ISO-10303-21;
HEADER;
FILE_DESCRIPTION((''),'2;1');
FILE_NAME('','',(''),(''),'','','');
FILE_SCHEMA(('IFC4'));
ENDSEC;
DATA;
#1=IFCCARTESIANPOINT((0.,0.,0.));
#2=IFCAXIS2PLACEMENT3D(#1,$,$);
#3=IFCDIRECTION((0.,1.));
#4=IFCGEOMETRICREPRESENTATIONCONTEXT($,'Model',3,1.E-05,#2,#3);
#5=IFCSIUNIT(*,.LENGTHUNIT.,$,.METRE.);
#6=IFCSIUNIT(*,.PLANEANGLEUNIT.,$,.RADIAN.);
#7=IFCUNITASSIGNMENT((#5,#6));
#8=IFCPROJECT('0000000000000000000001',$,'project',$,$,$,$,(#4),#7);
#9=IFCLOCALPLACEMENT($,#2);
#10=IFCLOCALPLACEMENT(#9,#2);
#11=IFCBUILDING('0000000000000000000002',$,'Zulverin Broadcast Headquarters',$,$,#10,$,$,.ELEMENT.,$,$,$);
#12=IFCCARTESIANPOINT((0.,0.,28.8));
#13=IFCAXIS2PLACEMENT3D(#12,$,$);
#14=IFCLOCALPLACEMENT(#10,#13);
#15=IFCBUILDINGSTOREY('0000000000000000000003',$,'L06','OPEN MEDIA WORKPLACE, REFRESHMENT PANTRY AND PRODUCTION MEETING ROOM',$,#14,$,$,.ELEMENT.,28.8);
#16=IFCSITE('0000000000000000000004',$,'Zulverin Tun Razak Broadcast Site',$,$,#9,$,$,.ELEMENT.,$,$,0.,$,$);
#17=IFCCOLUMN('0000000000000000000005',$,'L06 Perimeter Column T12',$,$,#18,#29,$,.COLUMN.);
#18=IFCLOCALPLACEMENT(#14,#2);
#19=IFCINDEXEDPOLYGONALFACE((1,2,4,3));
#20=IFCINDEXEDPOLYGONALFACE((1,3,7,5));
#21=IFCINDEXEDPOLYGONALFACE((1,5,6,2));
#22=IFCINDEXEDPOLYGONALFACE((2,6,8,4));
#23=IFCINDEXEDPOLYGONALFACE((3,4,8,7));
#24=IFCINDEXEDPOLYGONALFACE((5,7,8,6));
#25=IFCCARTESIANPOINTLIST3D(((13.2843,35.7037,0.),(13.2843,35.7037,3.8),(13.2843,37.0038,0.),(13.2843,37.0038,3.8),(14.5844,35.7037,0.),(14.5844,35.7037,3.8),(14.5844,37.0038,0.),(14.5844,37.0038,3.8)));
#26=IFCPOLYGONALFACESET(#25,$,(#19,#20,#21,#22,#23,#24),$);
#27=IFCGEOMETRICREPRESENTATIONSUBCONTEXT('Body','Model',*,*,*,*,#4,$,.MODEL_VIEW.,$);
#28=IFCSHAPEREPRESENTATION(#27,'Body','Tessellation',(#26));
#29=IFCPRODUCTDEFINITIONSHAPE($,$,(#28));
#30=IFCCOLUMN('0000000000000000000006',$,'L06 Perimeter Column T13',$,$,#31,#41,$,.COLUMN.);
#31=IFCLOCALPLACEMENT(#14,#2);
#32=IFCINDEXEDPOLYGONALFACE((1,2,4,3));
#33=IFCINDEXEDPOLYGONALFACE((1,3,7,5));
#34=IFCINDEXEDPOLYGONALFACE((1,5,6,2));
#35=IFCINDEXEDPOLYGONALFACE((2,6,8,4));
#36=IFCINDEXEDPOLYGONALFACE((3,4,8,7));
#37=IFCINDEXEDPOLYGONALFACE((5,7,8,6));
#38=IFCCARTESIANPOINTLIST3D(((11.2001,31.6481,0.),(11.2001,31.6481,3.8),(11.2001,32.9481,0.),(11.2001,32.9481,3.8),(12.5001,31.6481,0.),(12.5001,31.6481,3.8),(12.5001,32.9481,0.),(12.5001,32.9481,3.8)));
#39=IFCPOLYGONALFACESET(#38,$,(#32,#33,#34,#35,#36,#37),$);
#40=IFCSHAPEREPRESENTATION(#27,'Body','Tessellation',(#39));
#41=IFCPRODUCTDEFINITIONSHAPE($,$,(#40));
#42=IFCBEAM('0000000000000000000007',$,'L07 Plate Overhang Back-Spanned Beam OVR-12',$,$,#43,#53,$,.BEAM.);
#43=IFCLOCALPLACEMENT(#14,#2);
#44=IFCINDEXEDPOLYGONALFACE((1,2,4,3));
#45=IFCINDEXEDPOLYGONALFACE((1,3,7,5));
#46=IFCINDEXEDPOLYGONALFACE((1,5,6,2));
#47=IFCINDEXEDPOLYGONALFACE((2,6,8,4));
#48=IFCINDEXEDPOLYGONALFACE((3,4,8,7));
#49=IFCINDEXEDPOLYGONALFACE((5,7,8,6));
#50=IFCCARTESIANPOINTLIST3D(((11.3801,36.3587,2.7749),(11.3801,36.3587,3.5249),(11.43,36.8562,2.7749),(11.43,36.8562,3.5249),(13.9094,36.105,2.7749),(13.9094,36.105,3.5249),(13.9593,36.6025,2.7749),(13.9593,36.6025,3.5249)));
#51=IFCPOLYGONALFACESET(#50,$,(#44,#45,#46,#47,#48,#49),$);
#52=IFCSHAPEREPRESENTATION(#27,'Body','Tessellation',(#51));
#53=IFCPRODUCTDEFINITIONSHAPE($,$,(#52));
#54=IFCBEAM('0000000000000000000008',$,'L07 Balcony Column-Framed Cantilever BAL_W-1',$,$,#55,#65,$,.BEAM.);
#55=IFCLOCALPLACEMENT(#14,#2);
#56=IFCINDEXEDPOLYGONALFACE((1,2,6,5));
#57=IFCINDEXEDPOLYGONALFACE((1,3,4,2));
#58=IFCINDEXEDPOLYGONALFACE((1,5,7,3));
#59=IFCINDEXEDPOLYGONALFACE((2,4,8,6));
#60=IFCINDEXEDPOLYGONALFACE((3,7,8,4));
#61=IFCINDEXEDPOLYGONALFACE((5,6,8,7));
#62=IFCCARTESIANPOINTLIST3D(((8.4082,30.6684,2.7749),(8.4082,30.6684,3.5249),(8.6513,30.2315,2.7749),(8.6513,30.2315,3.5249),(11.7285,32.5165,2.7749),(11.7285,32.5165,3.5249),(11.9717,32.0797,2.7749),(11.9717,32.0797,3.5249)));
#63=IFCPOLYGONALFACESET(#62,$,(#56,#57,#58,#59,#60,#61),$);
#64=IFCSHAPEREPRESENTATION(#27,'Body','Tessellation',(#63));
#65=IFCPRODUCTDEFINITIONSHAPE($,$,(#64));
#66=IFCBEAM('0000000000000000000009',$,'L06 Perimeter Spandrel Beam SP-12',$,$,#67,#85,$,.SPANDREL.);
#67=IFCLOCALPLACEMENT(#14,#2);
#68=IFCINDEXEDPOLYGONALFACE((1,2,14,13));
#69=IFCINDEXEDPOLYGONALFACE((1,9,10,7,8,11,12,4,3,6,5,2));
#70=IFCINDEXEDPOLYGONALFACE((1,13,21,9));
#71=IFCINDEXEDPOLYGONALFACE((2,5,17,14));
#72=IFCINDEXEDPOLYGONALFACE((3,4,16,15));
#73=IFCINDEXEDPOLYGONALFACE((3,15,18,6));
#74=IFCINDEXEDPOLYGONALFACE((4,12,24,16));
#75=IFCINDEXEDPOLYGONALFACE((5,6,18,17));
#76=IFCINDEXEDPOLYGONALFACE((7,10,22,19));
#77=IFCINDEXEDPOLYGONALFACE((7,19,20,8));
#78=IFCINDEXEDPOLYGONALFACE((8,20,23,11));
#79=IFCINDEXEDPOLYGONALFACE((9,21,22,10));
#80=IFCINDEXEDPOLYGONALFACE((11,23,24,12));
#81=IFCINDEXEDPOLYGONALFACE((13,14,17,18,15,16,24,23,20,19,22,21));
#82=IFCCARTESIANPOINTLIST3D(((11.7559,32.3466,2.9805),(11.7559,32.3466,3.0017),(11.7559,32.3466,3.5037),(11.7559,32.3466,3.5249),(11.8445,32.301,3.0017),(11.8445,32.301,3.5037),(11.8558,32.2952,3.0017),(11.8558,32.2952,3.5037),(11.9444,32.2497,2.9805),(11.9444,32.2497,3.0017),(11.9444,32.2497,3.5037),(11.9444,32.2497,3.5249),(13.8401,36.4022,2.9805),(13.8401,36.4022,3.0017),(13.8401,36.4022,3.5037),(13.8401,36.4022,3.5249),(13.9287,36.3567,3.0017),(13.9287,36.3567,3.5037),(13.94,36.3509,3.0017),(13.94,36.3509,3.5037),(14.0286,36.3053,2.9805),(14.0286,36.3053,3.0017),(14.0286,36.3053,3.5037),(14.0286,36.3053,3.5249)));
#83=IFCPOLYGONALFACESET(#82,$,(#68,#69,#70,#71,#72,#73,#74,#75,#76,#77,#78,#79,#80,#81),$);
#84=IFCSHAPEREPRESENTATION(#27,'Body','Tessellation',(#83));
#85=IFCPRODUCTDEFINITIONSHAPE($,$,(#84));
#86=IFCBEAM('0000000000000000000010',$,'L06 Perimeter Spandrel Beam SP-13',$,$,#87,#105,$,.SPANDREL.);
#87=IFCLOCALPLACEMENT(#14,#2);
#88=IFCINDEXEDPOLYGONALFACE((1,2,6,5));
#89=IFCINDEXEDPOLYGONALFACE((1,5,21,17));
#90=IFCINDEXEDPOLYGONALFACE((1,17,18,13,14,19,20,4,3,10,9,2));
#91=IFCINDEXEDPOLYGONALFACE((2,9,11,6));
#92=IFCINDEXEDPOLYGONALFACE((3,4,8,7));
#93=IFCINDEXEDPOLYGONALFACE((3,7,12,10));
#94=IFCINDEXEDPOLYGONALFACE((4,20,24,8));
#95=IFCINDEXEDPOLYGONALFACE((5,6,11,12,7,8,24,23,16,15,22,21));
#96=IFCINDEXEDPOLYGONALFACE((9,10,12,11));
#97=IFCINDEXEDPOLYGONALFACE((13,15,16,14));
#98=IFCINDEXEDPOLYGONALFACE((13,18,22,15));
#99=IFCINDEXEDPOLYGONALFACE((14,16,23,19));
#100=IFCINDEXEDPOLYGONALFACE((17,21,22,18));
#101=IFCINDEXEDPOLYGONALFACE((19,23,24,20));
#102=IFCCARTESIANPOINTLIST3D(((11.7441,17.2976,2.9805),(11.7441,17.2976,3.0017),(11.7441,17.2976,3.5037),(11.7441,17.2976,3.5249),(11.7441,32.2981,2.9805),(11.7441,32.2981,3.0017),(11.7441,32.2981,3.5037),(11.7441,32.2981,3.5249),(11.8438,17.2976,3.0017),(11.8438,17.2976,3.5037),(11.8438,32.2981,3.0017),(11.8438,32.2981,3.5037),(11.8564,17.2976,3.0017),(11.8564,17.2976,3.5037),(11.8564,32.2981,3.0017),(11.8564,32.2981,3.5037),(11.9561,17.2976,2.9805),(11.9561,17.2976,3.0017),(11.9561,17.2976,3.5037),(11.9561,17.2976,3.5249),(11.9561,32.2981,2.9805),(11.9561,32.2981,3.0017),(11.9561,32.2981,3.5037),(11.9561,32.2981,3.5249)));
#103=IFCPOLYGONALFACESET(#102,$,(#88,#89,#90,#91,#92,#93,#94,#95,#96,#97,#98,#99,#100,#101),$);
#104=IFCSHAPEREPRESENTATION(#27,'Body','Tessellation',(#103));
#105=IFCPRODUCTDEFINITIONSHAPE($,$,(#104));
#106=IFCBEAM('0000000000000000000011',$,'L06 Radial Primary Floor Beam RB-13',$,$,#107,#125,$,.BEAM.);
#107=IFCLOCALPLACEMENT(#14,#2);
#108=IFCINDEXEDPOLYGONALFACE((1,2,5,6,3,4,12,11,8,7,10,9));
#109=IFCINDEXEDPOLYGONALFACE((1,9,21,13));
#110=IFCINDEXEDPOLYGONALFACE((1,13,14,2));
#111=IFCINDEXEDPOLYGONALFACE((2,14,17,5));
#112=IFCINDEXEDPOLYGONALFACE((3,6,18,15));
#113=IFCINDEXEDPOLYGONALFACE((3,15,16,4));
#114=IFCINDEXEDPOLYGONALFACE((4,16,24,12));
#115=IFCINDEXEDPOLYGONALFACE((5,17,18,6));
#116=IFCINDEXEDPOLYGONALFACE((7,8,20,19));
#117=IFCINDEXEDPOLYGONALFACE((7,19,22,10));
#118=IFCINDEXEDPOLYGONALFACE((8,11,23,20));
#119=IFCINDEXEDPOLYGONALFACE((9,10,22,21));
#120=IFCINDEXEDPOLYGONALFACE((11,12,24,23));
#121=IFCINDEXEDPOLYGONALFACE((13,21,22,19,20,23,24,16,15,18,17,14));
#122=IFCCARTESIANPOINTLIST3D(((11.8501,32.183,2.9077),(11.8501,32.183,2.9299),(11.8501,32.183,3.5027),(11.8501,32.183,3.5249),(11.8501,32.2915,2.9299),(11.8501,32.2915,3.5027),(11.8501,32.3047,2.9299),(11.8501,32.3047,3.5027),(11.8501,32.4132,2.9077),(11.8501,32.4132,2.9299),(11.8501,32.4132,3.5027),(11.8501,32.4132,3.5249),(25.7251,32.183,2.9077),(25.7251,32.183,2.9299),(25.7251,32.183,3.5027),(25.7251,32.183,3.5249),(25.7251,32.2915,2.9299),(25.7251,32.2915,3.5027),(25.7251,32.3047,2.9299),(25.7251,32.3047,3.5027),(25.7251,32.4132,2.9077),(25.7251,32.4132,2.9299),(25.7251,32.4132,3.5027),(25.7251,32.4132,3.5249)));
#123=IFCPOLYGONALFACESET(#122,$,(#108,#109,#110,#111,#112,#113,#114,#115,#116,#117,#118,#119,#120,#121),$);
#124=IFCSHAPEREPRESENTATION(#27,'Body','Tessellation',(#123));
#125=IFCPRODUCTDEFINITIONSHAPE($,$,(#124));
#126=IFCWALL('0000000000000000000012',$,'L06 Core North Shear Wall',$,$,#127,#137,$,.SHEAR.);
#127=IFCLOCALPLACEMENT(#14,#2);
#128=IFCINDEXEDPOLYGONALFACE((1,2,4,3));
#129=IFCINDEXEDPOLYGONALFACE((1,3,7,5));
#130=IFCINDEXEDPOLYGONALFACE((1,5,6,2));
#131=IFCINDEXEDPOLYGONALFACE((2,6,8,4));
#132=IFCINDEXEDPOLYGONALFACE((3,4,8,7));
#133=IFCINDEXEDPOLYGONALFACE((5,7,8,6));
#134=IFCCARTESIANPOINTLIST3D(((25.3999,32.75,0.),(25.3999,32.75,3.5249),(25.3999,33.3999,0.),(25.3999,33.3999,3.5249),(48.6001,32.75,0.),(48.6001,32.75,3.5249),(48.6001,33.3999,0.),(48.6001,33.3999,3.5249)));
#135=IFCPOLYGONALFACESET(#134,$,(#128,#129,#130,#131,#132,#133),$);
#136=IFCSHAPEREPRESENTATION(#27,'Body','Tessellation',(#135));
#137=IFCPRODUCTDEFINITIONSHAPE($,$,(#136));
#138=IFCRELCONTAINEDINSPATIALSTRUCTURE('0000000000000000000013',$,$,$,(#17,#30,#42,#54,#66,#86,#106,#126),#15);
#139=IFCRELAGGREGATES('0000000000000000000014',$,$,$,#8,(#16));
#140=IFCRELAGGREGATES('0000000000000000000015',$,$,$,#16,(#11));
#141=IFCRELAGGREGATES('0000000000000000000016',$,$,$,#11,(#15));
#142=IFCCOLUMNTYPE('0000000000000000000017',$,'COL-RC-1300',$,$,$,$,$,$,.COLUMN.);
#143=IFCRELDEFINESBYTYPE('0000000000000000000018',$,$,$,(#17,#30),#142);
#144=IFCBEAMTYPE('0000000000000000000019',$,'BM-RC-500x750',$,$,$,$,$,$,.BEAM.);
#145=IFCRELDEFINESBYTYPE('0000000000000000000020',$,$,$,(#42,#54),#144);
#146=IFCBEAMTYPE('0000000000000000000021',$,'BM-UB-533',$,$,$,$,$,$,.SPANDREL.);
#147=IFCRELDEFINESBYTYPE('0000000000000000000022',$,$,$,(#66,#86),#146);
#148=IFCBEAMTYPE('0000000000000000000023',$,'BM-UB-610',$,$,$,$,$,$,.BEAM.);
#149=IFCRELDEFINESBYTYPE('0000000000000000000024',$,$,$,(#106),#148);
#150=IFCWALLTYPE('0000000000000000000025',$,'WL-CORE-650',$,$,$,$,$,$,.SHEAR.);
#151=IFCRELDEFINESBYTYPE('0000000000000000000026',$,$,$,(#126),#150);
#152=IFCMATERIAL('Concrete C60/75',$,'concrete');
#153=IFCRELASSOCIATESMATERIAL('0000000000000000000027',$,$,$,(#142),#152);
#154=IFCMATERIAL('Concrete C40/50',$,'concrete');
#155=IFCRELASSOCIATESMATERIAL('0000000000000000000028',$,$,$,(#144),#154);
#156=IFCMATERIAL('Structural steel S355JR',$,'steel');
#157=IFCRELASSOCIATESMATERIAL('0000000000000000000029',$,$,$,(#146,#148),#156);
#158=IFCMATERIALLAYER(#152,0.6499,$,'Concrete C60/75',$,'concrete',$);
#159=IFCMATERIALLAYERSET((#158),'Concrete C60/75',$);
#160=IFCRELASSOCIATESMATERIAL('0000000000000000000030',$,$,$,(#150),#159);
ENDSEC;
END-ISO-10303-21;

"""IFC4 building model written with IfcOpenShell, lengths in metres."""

from ifc_helpers import new_model, si_unit, direction, frame, frame_2d, origin, origin_2d, place, context, subcontext, project, spatial, rectangle, i_section, extrude, material, layer, layer_set, material_profile, profile_set, type_object, element, save


model = new_model("IFC4")

# Units and contexts
model_context = context("Model", 3, precision=1e-05, world=origin(), true_north=direction((0.0, 1.0)))
body_context = subcontext(model_context, "Body", "Model", "MODEL_VIEW")
ifc_project = project(units=[si_unit("LENGTHUNIT", "METRE"), si_unit("PLANEANGLEUNIT", "RADIAN")], contexts=[model_context])

# Site, building, storey
site_placement = place(None, origin())
site = spatial("IfcSite", under=ifc_project, at=site_placement, Name="Zulverin Tun Razak Broadcast Site", CompositionType="ELEMENT", RefElevation=0.0)
building_placement = place(site_placement, origin())
building = spatial("IfcBuilding", under=site, at=building_placement, Name="Zulverin Broadcast Headquarters", CompositionType="ELEMENT")
storey_placement = place(building_placement, frame((0.0, 0.0, 28.8)))
storey = spatial("IfcBuildingStorey", under=building, at=storey_placement, Name="L06", Description="OPEN MEDIA WORKPLACE, REFRESHMENT PANTRY AND PRODUCTION MEETING ROOM", CompositionType="ELEMENT", Elevation=28.8)

# Columns
ifc_material_1 = material(Name="Concrete C60/75", Category="concrete")
ifc_material_profile_1 = material_profile(ifc_material_1, rectangle(XDim=1.3, YDim=1.3, at=origin_2d()), Name="Concrete C60/75", Category="concrete")
ifc_profile_set_1 = profile_set([ifc_material_profile_1], Name="Concrete C60/75")
column_type = type_object("IfcColumnType", Name="COL-RC-1300", PredefinedType="COLUMN", material=ifc_profile_set_1)
for number, where, z_axis, x_axis, name in (
    (1, (13.9343, 36.3538, 0.0), (0.0, 0.0, 1.0), (1.0, 0.0, 0.0), "L06 Perimeter Column T12"),
    (2, (11.8501, 32.2981, 0.0), (0.0, 0.0, 1.0), (1.0, 0.0, 0.0), "L06 Perimeter Column T13"),
):
    element("IfcColumn", number, at=place(storey_placement, frame(where, z_axis=z_axis, x_axis=x_axis)), inside=storey, type_object=column_type, Name=name, PredefinedType="COLUMN", context=body_context, shape_type="SweptSolid", body=[
        extrude(rectangle(XDim=1.3, YDim=1.3, at=origin_2d()), origin(), (0.0, 0.0, 1.0), 3.8),
    ])

# Beams
ifc_material_2 = material(Name="Concrete C40/50", Category="concrete")
ifc_material_profile_2 = material_profile(ifc_material_2, rectangle(XDim=0.5, YDim=0.75, at=origin_2d()), Name="Concrete C40/50", Category="concrete")
ifc_profile_set_2 = profile_set([ifc_material_profile_2], Name="Concrete C40/50")
beam_type_1 = type_object("IfcBeamType", Name="BM-RC-500x750", PredefinedType="BEAM", material=ifc_profile_set_2)
beam_1_placement = place(storey_placement, frame((13.9343, 36.3538, 3.1499), z_axis=(-0.995009, 0.099789, 0.0), x_axis=(-0.099789, -0.995009, 0.0)))
element("IfcBeam", 3, at=beam_1_placement, inside=storey, type_object=beam_type_1, Name="L07 Plate Overhang Back-Spanned Beam OVR-12", PredefinedType="BEAM", context=body_context, shape_type="SweptSolid", body=[
    extrude(rectangle(XDim=0.5, YDim=0.75, at=origin_2d()), origin(), (0.0, 0.0, 1.0), 2.542),
])
beam_2_placement = place(storey_placement, frame((11.8501, 32.2981, 3.1499), z_axis=(-0.873763, -0.486352, 0.0), x_axis=(0.486352, -0.873763, 0.0)))
element("IfcBeam", 4, at=beam_2_placement, inside=storey, type_object=beam_type_1, Name="L07 Balcony Column-Framed Cantilever BAL_W-1", PredefinedType="BEAM", context=body_context, shape_type="SweptSolid", body=[
    extrude(rectangle(XDim=0.5, YDim=0.75, at=origin_2d()), origin(), (0.0, 0.0, 1.0), 3.8),
])
ifc_material_3 = material(Name="Structural steel S355JR", Category="steel")
ifc_material_profile_3 = material_profile(ifc_material_3, i_section(OverallWidth=0.2119, OverallDepth=0.5444, WebThickness=0.0127, FlangeThickness=0.0212, at=origin_2d()), Name="Structural steel S355JR", Category="steel")
ifc_profile_set_3 = profile_set([ifc_material_profile_3], Name="Structural steel S355JR")
beam_type_2 = type_object("IfcBeamType", Name="BM-UB-533", PredefinedType="SPANDREL", material=ifc_profile_set_3)
beam_3_placement = place(storey_placement, frame((13.9343, 36.3538, 3.2527), z_axis=(-0.457081, -0.889425, 0.0), x_axis=(0.889425, -0.457081, 0.0)))
element("IfcBeam", 5, at=beam_3_placement, inside=storey, type_object=beam_type_2, Name="L06 Perimeter Spandrel Beam SP-12", PredefinedType="SPANDREL", context=body_context, shape_type="SweptSolid", body=[
    extrude(i_section(OverallWidth=0.2119, OverallDepth=0.5444, WebThickness=0.0127, FlangeThickness=0.0212, at=origin_2d()), origin(), (0.0, 0.0, 1.0), 4.5598),
])
beam_4_placement = place(storey_placement, frame((11.8501, 32.2981, 3.2527), z_axis=(0.0, -1.0, 0.0), x_axis=(1.0, 0.0, 0.0)))
element("IfcBeam", 6, at=beam_4_placement, inside=storey, type_object=beam_type_2, Name="L06 Perimeter Spandrel Beam SP-13", PredefinedType="SPANDREL", context=body_context, shape_type="SweptSolid", body=[
    extrude(i_section(OverallWidth=0.2119, OverallDepth=0.5444, WebThickness=0.0127, FlangeThickness=0.0212, at=origin_2d()), origin(), (0.0, 0.0, 1.0), 15.0005),
])
ifc_material_profile_4 = material_profile(ifc_material_3, i_section(OverallWidth=0.2302, OverallDepth=0.6172, WebThickness=0.0132, FlangeThickness=0.0222, at=origin_2d()), Name="Structural steel S355JR", Category="steel")
ifc_profile_set_4 = profile_set([ifc_material_profile_4], Name="Structural steel S355JR")
beam_type_3 = type_object("IfcBeamType", Name="BM-UB-610", PredefinedType="BEAM", material=ifc_profile_set_4)
beam_5_placement = place(storey_placement, frame((25.7251, 32.2981, 3.2163), z_axis=(-1.0, 0.0, 0.0), x_axis=(0.0, -1.0, 0.0)))
element("IfcBeam", 7, at=beam_5_placement, inside=storey, type_object=beam_type_3, Name="L06 Radial Primary Floor Beam RB-13", PredefinedType="BEAM", context=body_context, shape_type="SweptSolid", body=[
    extrude(i_section(OverallWidth=0.2302, OverallDepth=0.6172, WebThickness=0.0132, FlangeThickness=0.0222, at=origin_2d()), origin(), (0.0, 0.0, 1.0), 13.875),
])

# Wall
ifc_layer_1 = layer(ifc_material_1, 0.6499, Name="Concrete C60/75", Category="concrete")
ifc_layer_set_1 = layer_set([ifc_layer_1], Name="Concrete C60/75")
wall_type_1 = type_object("IfcWallType", Name="WL-CORE-650", PredefinedType="SHEAR", material=ifc_layer_set_1)
wall_1_placement = place(storey_placement, frame((25.3999, 33.075, 0.0), z_axis=(0.0, 0.0, 1.0), x_axis=(1.0, 0.0, 0.0)))
element("IfcWall", 8, at=wall_1_placement, inside=storey, type_object=wall_type_1, Name="L06 Core North Shear Wall", PredefinedType="SHEAR", context=body_context, shape_type="SweptSolid", body=[
    extrude(rectangle(XDim=23.2002, YDim=0.6499, at=frame_2d((11.6001, 0.0))), origin(), (0.0, 0.0, 1.0), 3.5249),
])

save(model, "model.ifc")
